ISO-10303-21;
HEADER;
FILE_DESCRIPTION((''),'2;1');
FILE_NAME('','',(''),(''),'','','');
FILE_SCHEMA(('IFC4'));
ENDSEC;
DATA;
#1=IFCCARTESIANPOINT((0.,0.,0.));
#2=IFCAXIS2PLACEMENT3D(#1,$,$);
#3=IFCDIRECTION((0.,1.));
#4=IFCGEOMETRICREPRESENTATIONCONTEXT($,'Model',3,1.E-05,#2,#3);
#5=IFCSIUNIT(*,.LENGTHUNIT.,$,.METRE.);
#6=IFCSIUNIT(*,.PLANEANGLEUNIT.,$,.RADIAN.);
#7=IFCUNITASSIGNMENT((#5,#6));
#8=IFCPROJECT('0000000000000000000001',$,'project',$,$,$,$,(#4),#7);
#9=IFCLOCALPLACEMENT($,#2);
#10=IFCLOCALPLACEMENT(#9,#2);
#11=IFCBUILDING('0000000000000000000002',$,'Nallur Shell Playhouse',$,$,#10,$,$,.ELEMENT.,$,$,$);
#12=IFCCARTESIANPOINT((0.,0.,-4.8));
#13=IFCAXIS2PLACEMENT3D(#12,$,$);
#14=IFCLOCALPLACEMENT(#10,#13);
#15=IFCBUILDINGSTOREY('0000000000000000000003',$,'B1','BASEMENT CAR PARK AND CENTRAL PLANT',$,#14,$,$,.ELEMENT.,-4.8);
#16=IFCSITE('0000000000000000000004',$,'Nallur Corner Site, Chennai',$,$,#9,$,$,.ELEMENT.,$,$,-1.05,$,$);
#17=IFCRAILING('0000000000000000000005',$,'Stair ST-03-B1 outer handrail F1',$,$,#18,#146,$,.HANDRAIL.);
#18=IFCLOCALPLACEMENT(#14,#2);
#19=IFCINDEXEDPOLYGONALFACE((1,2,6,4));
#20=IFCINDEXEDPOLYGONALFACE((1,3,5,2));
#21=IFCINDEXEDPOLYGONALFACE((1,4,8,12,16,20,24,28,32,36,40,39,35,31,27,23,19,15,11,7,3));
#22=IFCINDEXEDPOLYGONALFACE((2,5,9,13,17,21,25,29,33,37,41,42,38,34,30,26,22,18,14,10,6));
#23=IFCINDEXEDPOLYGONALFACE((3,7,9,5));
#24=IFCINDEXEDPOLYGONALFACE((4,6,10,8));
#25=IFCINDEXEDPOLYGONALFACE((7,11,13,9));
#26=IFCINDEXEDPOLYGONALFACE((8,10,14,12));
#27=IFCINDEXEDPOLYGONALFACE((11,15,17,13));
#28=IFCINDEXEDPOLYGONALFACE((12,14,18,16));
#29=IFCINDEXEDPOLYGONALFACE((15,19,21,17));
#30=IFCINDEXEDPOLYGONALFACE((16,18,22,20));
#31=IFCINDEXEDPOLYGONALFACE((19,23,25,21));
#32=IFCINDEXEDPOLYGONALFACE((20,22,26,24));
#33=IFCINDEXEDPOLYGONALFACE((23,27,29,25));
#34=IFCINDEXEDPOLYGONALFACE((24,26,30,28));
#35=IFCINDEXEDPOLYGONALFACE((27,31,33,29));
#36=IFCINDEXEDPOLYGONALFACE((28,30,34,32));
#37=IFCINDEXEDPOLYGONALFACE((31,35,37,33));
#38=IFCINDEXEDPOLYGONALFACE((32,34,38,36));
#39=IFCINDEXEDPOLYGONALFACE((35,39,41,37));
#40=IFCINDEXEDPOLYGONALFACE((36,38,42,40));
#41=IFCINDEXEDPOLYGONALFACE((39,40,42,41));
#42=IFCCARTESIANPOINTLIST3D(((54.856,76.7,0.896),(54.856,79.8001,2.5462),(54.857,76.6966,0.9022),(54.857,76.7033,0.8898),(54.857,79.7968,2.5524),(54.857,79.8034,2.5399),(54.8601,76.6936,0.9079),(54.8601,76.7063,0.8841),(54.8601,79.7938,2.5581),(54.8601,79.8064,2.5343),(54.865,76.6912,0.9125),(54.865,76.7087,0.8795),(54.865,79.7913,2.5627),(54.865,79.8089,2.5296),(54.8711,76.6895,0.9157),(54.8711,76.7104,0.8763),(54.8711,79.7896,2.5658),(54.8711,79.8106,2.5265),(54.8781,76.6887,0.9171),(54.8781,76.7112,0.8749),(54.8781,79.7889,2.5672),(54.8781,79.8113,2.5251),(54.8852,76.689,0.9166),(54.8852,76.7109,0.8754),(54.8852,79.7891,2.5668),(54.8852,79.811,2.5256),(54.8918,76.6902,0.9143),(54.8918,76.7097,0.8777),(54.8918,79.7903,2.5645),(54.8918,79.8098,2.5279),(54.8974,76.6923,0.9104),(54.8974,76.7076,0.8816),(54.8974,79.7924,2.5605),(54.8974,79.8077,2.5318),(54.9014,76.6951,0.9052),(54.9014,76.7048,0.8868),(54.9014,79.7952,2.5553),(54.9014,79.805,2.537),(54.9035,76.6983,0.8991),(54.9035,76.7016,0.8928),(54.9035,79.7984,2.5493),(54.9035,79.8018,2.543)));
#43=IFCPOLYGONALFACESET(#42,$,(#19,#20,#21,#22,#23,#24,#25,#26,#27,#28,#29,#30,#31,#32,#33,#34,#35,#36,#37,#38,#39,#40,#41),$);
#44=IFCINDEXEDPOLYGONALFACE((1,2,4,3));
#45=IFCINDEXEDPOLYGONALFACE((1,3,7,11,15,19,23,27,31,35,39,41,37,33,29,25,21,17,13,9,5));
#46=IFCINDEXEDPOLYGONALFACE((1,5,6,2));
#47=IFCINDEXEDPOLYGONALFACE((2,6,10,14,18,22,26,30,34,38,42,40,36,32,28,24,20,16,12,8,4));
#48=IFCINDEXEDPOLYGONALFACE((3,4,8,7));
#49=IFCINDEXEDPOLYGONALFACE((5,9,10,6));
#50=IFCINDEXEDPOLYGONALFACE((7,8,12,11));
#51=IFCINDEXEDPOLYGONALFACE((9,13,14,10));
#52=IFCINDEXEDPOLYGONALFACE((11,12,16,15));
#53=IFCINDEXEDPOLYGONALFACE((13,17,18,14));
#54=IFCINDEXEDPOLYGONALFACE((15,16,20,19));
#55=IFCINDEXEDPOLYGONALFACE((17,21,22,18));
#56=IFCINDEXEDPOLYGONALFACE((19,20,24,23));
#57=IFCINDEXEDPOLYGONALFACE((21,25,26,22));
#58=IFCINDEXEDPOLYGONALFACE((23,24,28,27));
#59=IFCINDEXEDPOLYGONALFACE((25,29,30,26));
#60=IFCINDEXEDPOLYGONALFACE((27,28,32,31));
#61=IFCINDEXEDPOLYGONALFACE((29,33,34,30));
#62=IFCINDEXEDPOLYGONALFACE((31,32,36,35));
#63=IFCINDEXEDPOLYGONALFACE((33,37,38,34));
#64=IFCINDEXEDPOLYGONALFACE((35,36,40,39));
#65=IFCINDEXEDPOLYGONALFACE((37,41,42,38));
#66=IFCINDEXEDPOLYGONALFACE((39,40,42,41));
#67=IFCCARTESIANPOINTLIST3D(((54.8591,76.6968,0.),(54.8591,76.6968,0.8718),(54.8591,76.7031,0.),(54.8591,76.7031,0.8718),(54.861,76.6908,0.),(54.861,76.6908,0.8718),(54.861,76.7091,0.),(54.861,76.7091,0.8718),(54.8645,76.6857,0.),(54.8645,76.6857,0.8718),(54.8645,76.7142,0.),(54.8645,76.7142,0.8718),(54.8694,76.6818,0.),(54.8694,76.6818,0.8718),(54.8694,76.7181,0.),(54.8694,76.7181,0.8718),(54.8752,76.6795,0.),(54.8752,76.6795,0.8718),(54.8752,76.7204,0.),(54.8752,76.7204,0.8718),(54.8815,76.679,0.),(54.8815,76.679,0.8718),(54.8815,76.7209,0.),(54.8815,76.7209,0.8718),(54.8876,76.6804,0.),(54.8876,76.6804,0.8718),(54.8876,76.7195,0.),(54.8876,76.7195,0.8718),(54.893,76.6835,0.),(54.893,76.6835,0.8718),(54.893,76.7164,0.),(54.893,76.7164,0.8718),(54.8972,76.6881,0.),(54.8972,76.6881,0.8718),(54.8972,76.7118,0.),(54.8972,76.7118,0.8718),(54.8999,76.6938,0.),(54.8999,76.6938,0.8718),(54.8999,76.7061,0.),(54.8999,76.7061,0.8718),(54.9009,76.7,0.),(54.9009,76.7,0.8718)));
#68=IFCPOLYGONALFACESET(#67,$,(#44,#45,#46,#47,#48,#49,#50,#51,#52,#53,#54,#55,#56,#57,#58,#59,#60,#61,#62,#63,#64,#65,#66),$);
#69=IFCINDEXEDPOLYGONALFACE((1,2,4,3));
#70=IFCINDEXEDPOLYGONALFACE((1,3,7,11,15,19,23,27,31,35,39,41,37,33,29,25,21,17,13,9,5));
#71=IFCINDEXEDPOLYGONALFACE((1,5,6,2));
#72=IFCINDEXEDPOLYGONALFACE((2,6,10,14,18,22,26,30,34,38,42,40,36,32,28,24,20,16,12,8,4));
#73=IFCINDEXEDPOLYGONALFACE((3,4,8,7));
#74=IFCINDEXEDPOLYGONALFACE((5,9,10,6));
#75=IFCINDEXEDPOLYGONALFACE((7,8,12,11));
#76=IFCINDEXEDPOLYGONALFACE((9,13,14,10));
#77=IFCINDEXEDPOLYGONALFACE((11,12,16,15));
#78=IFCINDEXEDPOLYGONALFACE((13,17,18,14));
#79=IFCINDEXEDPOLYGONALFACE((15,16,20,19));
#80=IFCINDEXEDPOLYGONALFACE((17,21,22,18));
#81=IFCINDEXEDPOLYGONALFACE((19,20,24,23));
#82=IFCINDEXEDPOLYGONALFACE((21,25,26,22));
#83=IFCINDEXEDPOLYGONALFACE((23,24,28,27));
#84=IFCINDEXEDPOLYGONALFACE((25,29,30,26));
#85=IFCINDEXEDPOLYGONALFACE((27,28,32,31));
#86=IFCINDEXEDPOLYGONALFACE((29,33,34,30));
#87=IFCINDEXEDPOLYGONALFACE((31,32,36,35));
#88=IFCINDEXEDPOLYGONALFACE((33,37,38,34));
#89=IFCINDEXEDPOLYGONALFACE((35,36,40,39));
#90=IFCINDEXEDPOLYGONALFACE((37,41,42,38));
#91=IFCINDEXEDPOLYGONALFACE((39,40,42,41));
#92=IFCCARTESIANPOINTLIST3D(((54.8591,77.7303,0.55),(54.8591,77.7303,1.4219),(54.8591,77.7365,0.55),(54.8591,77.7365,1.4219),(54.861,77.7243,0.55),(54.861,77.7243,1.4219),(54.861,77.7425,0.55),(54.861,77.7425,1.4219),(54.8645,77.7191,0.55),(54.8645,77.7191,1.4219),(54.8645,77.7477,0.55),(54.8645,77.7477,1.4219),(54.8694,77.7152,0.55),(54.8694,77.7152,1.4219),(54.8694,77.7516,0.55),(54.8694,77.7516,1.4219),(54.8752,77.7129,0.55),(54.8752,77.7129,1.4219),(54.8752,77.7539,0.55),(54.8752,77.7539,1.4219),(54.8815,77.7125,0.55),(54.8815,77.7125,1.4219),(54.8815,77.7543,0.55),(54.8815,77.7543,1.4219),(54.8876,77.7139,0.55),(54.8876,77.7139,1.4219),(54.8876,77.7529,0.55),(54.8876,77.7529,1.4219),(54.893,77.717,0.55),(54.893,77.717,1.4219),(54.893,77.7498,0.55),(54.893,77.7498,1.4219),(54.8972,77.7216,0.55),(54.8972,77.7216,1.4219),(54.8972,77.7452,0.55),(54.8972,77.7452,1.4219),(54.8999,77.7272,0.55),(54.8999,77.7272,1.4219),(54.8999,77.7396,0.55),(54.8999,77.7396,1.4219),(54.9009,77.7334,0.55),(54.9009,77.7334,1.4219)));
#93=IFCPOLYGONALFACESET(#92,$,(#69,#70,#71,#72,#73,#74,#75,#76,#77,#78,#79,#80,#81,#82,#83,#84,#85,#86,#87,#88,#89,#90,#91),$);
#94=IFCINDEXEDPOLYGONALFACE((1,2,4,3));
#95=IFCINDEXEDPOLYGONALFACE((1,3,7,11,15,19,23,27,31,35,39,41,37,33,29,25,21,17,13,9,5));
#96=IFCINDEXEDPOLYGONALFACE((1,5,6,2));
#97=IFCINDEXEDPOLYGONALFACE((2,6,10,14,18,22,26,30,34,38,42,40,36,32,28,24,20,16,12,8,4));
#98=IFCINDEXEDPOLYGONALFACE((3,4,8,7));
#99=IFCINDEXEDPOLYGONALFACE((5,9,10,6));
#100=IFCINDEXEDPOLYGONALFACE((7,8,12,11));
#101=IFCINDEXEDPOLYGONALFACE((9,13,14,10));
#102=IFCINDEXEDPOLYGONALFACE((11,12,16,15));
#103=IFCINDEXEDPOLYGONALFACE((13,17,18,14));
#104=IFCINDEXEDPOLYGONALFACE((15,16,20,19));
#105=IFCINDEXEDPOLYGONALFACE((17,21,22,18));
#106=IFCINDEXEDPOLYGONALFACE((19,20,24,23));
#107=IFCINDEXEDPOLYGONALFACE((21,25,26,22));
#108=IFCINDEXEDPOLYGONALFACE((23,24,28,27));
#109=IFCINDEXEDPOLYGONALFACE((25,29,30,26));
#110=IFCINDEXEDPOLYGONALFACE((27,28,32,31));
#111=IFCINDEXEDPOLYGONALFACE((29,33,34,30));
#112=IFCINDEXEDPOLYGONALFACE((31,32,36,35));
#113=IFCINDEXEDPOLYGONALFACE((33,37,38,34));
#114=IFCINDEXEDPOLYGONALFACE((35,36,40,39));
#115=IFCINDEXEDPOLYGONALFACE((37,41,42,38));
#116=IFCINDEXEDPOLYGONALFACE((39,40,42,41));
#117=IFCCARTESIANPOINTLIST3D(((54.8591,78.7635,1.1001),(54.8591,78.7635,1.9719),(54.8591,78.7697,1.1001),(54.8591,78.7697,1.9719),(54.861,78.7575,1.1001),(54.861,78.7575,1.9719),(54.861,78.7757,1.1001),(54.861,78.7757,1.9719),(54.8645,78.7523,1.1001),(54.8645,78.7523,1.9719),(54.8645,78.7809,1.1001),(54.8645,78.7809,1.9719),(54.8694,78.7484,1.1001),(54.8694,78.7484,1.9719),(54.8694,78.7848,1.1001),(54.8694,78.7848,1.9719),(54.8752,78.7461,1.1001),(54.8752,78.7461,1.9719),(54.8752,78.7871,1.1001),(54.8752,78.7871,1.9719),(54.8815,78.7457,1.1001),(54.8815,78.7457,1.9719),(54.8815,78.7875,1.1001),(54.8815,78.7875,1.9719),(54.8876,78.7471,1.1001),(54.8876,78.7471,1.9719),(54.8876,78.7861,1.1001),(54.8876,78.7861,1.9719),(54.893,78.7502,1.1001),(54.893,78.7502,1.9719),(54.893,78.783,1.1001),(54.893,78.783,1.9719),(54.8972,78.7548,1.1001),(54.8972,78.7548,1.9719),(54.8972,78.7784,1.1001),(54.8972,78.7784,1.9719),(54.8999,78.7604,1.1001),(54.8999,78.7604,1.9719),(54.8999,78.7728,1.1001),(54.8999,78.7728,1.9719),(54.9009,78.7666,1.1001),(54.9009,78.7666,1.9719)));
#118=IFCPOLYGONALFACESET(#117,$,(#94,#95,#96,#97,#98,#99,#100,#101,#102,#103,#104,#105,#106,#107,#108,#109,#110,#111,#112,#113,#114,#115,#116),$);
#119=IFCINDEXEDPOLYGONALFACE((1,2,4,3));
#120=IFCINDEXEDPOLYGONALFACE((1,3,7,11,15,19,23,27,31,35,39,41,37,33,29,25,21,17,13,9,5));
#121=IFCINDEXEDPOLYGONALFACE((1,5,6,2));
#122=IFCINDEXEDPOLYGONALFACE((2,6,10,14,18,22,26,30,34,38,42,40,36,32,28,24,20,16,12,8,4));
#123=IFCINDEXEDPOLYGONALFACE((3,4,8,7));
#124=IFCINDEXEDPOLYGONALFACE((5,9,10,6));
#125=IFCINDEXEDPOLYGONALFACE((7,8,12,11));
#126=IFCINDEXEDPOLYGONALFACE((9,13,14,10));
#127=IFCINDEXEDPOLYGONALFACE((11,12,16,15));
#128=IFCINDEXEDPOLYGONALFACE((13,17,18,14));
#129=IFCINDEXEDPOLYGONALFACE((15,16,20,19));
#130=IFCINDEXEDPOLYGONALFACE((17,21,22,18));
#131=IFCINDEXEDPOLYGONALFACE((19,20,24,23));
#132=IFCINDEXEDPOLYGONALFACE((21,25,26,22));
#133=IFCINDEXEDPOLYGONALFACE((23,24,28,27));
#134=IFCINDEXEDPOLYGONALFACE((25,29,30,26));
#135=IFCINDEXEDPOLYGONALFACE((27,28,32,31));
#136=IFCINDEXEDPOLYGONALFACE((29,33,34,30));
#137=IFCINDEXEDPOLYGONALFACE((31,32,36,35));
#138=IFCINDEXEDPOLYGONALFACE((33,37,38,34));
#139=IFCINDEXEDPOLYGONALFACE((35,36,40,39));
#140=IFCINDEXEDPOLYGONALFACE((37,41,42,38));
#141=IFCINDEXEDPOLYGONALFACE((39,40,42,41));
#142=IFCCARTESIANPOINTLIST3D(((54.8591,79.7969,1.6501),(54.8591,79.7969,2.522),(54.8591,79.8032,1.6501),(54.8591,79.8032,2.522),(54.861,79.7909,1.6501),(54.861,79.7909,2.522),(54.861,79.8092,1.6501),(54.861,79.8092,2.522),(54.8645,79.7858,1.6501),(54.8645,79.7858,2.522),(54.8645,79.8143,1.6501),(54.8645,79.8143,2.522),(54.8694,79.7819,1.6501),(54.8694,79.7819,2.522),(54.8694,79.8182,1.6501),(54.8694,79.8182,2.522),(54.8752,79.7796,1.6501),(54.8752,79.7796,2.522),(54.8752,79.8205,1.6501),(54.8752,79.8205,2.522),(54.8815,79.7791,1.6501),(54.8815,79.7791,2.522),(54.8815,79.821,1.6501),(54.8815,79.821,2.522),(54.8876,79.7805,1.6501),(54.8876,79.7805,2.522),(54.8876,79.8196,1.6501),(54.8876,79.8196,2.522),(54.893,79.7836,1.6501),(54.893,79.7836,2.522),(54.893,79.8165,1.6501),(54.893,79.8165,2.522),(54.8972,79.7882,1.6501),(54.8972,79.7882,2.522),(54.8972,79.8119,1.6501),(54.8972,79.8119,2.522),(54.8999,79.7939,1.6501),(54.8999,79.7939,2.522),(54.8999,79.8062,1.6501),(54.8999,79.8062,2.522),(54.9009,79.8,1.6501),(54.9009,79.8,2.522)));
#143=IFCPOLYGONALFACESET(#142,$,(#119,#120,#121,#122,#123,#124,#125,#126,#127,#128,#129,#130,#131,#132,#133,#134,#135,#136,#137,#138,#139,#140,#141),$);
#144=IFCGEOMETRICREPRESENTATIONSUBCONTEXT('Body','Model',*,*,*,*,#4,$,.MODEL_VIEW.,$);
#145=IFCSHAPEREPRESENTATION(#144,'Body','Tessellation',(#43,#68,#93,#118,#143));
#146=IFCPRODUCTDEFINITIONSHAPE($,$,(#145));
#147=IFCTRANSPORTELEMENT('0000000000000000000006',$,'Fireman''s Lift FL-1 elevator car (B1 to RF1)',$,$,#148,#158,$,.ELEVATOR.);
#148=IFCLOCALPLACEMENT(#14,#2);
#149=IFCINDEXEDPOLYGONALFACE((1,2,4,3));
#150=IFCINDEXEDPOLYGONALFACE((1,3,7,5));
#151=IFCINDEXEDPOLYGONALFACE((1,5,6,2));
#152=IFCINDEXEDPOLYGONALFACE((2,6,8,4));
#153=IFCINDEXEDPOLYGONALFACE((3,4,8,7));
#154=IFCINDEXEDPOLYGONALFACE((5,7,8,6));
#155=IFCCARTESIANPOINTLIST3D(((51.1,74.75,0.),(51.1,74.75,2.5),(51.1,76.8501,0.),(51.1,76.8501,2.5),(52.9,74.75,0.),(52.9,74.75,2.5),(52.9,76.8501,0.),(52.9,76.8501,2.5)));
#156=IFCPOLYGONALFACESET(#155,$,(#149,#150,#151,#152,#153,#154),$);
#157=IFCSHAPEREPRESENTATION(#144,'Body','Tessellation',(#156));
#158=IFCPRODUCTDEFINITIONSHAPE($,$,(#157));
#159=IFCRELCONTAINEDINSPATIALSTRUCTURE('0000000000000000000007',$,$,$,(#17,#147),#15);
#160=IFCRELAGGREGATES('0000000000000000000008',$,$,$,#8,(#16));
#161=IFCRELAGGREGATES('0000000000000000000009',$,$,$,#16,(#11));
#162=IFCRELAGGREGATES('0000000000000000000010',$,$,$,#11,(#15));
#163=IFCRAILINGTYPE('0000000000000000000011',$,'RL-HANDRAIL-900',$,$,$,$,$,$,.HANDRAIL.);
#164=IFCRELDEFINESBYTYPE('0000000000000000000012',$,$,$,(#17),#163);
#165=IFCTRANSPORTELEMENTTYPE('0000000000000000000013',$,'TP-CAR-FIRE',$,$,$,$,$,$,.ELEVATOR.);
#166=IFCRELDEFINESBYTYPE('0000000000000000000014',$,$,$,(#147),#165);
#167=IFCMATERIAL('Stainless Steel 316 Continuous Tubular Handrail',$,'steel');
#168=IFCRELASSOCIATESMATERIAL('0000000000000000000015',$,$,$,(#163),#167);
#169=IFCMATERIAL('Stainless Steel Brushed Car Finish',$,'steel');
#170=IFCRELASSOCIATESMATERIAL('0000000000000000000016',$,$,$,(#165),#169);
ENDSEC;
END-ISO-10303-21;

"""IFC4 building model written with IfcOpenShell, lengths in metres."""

from ifc_helpers import new_model, si_unit, direction, frame, origin, origin_2d, place, context, subcontext, project, spatial, rectangle, circle, extrude, material, type_object, element, save


model = new_model("IFC4")

# Units and contexts
model_context = context("Model", 3, precision=1e-05, world=origin(), true_north=direction((0.0, 1.0)))
body_context = subcontext(model_context, "Body", "Model", "MODEL_VIEW")
ifc_project = project(units=[si_unit("LENGTHUNIT", "METRE"), si_unit("PLANEANGLEUNIT", "RADIAN")], contexts=[model_context])

# Site, building, storey
site_placement = place(None, origin())
site = spatial("IfcSite", under=ifc_project, at=site_placement, Name="Nallur Corner Site, Chennai", CompositionType="ELEMENT", RefElevation=-1.05)
building_placement = place(site_placement, origin())
building = spatial("IfcBuilding", under=site, at=building_placement, Name="Nallur Shell Playhouse", CompositionType="ELEMENT")
storey_placement = place(building_placement, frame((0.0, 0.0, -4.8)))
storey = spatial("IfcBuildingStorey", under=building, at=storey_placement, Name="B1", Description="BASEMENT CAR PARK AND CENTRAL PLANT", CompositionType="ELEMENT", Elevation=-4.8)

# Railing
ifc_material_1 = material(Name="Stainless Steel 316 Continuous Tubular Handrail", Category="steel")
railing_type_1 = type_object("IfcRailingType", Name="RL-HANDRAIL-900", PredefinedType="HANDRAIL", material=ifc_material_1)
railing_1_placement = place(storey_placement, frame((54.8799, 76.7, 0.0)))
element("IfcRailing", 1, at=railing_1_placement, inside=storey, type_object=railing_type_1, Name="Stair ST-03-B1 outer handrail F1", PredefinedType="HANDRAIL", context=body_context, shape_type="SweptSolid", body=[
    extrude(circle(Radius=0.0239, at=origin_2d()), frame((0.0, 0.0, 0.896), z_axis=(0.0, 0.882736, 0.46987), x_axis=(-1.0, 0.0, 0.0)), (0.0, 0.0, 1.0), 3.512),
    extrude(circle(Radius=0.021, at=origin_2d()), origin(), (0.0, 0.0, 1.0), 0.8718),
    extrude(circle(Radius=0.021, at=origin_2d()), frame((0.0, 1.0334, 0.55)), (0.0, 0.0, 1.0), 0.8718),
    extrude(circle(Radius=0.021, at=origin_2d()), frame((0.0, 2.0667, 1.1001)), (0.0, 0.0, 1.0), 0.8718),
    extrude(circle(Radius=0.021, at=origin_2d()), frame((0.0, 3.1001, 1.6501)), (0.0, 0.0, 1.0), 0.8718),
])

# Transport element
ifc_material_2 = material(Name="Stainless Steel Brushed Car Finish", Category="steel")
transport_element_type = type_object("IfcTransportElementType", Name="TP-CAR-FIRE", PredefinedType="ELEVATOR", material=ifc_material_2)
transport_element_placement = place(storey_placement, frame((52.0, 75.8, 0.0), z_axis=(0.0, 0.0, 1.0), x_axis=(1.0, 0.0, 0.0)))
element("IfcTransportElement", 2, at=transport_element_placement, inside=storey, type_object=transport_element_type, Name="Fireman's Lift FL-1 elevator car (B1 to RF1)", PredefinedType="ELEVATOR", context=body_context, shape_type="SweptSolid", body=[
    extrude(rectangle(XDim=1.8, YDim=2.1001, at=origin_2d()), origin(), (0.0, 0.0, 1.0), 2.5),
])

save(model, "model.ifc")
